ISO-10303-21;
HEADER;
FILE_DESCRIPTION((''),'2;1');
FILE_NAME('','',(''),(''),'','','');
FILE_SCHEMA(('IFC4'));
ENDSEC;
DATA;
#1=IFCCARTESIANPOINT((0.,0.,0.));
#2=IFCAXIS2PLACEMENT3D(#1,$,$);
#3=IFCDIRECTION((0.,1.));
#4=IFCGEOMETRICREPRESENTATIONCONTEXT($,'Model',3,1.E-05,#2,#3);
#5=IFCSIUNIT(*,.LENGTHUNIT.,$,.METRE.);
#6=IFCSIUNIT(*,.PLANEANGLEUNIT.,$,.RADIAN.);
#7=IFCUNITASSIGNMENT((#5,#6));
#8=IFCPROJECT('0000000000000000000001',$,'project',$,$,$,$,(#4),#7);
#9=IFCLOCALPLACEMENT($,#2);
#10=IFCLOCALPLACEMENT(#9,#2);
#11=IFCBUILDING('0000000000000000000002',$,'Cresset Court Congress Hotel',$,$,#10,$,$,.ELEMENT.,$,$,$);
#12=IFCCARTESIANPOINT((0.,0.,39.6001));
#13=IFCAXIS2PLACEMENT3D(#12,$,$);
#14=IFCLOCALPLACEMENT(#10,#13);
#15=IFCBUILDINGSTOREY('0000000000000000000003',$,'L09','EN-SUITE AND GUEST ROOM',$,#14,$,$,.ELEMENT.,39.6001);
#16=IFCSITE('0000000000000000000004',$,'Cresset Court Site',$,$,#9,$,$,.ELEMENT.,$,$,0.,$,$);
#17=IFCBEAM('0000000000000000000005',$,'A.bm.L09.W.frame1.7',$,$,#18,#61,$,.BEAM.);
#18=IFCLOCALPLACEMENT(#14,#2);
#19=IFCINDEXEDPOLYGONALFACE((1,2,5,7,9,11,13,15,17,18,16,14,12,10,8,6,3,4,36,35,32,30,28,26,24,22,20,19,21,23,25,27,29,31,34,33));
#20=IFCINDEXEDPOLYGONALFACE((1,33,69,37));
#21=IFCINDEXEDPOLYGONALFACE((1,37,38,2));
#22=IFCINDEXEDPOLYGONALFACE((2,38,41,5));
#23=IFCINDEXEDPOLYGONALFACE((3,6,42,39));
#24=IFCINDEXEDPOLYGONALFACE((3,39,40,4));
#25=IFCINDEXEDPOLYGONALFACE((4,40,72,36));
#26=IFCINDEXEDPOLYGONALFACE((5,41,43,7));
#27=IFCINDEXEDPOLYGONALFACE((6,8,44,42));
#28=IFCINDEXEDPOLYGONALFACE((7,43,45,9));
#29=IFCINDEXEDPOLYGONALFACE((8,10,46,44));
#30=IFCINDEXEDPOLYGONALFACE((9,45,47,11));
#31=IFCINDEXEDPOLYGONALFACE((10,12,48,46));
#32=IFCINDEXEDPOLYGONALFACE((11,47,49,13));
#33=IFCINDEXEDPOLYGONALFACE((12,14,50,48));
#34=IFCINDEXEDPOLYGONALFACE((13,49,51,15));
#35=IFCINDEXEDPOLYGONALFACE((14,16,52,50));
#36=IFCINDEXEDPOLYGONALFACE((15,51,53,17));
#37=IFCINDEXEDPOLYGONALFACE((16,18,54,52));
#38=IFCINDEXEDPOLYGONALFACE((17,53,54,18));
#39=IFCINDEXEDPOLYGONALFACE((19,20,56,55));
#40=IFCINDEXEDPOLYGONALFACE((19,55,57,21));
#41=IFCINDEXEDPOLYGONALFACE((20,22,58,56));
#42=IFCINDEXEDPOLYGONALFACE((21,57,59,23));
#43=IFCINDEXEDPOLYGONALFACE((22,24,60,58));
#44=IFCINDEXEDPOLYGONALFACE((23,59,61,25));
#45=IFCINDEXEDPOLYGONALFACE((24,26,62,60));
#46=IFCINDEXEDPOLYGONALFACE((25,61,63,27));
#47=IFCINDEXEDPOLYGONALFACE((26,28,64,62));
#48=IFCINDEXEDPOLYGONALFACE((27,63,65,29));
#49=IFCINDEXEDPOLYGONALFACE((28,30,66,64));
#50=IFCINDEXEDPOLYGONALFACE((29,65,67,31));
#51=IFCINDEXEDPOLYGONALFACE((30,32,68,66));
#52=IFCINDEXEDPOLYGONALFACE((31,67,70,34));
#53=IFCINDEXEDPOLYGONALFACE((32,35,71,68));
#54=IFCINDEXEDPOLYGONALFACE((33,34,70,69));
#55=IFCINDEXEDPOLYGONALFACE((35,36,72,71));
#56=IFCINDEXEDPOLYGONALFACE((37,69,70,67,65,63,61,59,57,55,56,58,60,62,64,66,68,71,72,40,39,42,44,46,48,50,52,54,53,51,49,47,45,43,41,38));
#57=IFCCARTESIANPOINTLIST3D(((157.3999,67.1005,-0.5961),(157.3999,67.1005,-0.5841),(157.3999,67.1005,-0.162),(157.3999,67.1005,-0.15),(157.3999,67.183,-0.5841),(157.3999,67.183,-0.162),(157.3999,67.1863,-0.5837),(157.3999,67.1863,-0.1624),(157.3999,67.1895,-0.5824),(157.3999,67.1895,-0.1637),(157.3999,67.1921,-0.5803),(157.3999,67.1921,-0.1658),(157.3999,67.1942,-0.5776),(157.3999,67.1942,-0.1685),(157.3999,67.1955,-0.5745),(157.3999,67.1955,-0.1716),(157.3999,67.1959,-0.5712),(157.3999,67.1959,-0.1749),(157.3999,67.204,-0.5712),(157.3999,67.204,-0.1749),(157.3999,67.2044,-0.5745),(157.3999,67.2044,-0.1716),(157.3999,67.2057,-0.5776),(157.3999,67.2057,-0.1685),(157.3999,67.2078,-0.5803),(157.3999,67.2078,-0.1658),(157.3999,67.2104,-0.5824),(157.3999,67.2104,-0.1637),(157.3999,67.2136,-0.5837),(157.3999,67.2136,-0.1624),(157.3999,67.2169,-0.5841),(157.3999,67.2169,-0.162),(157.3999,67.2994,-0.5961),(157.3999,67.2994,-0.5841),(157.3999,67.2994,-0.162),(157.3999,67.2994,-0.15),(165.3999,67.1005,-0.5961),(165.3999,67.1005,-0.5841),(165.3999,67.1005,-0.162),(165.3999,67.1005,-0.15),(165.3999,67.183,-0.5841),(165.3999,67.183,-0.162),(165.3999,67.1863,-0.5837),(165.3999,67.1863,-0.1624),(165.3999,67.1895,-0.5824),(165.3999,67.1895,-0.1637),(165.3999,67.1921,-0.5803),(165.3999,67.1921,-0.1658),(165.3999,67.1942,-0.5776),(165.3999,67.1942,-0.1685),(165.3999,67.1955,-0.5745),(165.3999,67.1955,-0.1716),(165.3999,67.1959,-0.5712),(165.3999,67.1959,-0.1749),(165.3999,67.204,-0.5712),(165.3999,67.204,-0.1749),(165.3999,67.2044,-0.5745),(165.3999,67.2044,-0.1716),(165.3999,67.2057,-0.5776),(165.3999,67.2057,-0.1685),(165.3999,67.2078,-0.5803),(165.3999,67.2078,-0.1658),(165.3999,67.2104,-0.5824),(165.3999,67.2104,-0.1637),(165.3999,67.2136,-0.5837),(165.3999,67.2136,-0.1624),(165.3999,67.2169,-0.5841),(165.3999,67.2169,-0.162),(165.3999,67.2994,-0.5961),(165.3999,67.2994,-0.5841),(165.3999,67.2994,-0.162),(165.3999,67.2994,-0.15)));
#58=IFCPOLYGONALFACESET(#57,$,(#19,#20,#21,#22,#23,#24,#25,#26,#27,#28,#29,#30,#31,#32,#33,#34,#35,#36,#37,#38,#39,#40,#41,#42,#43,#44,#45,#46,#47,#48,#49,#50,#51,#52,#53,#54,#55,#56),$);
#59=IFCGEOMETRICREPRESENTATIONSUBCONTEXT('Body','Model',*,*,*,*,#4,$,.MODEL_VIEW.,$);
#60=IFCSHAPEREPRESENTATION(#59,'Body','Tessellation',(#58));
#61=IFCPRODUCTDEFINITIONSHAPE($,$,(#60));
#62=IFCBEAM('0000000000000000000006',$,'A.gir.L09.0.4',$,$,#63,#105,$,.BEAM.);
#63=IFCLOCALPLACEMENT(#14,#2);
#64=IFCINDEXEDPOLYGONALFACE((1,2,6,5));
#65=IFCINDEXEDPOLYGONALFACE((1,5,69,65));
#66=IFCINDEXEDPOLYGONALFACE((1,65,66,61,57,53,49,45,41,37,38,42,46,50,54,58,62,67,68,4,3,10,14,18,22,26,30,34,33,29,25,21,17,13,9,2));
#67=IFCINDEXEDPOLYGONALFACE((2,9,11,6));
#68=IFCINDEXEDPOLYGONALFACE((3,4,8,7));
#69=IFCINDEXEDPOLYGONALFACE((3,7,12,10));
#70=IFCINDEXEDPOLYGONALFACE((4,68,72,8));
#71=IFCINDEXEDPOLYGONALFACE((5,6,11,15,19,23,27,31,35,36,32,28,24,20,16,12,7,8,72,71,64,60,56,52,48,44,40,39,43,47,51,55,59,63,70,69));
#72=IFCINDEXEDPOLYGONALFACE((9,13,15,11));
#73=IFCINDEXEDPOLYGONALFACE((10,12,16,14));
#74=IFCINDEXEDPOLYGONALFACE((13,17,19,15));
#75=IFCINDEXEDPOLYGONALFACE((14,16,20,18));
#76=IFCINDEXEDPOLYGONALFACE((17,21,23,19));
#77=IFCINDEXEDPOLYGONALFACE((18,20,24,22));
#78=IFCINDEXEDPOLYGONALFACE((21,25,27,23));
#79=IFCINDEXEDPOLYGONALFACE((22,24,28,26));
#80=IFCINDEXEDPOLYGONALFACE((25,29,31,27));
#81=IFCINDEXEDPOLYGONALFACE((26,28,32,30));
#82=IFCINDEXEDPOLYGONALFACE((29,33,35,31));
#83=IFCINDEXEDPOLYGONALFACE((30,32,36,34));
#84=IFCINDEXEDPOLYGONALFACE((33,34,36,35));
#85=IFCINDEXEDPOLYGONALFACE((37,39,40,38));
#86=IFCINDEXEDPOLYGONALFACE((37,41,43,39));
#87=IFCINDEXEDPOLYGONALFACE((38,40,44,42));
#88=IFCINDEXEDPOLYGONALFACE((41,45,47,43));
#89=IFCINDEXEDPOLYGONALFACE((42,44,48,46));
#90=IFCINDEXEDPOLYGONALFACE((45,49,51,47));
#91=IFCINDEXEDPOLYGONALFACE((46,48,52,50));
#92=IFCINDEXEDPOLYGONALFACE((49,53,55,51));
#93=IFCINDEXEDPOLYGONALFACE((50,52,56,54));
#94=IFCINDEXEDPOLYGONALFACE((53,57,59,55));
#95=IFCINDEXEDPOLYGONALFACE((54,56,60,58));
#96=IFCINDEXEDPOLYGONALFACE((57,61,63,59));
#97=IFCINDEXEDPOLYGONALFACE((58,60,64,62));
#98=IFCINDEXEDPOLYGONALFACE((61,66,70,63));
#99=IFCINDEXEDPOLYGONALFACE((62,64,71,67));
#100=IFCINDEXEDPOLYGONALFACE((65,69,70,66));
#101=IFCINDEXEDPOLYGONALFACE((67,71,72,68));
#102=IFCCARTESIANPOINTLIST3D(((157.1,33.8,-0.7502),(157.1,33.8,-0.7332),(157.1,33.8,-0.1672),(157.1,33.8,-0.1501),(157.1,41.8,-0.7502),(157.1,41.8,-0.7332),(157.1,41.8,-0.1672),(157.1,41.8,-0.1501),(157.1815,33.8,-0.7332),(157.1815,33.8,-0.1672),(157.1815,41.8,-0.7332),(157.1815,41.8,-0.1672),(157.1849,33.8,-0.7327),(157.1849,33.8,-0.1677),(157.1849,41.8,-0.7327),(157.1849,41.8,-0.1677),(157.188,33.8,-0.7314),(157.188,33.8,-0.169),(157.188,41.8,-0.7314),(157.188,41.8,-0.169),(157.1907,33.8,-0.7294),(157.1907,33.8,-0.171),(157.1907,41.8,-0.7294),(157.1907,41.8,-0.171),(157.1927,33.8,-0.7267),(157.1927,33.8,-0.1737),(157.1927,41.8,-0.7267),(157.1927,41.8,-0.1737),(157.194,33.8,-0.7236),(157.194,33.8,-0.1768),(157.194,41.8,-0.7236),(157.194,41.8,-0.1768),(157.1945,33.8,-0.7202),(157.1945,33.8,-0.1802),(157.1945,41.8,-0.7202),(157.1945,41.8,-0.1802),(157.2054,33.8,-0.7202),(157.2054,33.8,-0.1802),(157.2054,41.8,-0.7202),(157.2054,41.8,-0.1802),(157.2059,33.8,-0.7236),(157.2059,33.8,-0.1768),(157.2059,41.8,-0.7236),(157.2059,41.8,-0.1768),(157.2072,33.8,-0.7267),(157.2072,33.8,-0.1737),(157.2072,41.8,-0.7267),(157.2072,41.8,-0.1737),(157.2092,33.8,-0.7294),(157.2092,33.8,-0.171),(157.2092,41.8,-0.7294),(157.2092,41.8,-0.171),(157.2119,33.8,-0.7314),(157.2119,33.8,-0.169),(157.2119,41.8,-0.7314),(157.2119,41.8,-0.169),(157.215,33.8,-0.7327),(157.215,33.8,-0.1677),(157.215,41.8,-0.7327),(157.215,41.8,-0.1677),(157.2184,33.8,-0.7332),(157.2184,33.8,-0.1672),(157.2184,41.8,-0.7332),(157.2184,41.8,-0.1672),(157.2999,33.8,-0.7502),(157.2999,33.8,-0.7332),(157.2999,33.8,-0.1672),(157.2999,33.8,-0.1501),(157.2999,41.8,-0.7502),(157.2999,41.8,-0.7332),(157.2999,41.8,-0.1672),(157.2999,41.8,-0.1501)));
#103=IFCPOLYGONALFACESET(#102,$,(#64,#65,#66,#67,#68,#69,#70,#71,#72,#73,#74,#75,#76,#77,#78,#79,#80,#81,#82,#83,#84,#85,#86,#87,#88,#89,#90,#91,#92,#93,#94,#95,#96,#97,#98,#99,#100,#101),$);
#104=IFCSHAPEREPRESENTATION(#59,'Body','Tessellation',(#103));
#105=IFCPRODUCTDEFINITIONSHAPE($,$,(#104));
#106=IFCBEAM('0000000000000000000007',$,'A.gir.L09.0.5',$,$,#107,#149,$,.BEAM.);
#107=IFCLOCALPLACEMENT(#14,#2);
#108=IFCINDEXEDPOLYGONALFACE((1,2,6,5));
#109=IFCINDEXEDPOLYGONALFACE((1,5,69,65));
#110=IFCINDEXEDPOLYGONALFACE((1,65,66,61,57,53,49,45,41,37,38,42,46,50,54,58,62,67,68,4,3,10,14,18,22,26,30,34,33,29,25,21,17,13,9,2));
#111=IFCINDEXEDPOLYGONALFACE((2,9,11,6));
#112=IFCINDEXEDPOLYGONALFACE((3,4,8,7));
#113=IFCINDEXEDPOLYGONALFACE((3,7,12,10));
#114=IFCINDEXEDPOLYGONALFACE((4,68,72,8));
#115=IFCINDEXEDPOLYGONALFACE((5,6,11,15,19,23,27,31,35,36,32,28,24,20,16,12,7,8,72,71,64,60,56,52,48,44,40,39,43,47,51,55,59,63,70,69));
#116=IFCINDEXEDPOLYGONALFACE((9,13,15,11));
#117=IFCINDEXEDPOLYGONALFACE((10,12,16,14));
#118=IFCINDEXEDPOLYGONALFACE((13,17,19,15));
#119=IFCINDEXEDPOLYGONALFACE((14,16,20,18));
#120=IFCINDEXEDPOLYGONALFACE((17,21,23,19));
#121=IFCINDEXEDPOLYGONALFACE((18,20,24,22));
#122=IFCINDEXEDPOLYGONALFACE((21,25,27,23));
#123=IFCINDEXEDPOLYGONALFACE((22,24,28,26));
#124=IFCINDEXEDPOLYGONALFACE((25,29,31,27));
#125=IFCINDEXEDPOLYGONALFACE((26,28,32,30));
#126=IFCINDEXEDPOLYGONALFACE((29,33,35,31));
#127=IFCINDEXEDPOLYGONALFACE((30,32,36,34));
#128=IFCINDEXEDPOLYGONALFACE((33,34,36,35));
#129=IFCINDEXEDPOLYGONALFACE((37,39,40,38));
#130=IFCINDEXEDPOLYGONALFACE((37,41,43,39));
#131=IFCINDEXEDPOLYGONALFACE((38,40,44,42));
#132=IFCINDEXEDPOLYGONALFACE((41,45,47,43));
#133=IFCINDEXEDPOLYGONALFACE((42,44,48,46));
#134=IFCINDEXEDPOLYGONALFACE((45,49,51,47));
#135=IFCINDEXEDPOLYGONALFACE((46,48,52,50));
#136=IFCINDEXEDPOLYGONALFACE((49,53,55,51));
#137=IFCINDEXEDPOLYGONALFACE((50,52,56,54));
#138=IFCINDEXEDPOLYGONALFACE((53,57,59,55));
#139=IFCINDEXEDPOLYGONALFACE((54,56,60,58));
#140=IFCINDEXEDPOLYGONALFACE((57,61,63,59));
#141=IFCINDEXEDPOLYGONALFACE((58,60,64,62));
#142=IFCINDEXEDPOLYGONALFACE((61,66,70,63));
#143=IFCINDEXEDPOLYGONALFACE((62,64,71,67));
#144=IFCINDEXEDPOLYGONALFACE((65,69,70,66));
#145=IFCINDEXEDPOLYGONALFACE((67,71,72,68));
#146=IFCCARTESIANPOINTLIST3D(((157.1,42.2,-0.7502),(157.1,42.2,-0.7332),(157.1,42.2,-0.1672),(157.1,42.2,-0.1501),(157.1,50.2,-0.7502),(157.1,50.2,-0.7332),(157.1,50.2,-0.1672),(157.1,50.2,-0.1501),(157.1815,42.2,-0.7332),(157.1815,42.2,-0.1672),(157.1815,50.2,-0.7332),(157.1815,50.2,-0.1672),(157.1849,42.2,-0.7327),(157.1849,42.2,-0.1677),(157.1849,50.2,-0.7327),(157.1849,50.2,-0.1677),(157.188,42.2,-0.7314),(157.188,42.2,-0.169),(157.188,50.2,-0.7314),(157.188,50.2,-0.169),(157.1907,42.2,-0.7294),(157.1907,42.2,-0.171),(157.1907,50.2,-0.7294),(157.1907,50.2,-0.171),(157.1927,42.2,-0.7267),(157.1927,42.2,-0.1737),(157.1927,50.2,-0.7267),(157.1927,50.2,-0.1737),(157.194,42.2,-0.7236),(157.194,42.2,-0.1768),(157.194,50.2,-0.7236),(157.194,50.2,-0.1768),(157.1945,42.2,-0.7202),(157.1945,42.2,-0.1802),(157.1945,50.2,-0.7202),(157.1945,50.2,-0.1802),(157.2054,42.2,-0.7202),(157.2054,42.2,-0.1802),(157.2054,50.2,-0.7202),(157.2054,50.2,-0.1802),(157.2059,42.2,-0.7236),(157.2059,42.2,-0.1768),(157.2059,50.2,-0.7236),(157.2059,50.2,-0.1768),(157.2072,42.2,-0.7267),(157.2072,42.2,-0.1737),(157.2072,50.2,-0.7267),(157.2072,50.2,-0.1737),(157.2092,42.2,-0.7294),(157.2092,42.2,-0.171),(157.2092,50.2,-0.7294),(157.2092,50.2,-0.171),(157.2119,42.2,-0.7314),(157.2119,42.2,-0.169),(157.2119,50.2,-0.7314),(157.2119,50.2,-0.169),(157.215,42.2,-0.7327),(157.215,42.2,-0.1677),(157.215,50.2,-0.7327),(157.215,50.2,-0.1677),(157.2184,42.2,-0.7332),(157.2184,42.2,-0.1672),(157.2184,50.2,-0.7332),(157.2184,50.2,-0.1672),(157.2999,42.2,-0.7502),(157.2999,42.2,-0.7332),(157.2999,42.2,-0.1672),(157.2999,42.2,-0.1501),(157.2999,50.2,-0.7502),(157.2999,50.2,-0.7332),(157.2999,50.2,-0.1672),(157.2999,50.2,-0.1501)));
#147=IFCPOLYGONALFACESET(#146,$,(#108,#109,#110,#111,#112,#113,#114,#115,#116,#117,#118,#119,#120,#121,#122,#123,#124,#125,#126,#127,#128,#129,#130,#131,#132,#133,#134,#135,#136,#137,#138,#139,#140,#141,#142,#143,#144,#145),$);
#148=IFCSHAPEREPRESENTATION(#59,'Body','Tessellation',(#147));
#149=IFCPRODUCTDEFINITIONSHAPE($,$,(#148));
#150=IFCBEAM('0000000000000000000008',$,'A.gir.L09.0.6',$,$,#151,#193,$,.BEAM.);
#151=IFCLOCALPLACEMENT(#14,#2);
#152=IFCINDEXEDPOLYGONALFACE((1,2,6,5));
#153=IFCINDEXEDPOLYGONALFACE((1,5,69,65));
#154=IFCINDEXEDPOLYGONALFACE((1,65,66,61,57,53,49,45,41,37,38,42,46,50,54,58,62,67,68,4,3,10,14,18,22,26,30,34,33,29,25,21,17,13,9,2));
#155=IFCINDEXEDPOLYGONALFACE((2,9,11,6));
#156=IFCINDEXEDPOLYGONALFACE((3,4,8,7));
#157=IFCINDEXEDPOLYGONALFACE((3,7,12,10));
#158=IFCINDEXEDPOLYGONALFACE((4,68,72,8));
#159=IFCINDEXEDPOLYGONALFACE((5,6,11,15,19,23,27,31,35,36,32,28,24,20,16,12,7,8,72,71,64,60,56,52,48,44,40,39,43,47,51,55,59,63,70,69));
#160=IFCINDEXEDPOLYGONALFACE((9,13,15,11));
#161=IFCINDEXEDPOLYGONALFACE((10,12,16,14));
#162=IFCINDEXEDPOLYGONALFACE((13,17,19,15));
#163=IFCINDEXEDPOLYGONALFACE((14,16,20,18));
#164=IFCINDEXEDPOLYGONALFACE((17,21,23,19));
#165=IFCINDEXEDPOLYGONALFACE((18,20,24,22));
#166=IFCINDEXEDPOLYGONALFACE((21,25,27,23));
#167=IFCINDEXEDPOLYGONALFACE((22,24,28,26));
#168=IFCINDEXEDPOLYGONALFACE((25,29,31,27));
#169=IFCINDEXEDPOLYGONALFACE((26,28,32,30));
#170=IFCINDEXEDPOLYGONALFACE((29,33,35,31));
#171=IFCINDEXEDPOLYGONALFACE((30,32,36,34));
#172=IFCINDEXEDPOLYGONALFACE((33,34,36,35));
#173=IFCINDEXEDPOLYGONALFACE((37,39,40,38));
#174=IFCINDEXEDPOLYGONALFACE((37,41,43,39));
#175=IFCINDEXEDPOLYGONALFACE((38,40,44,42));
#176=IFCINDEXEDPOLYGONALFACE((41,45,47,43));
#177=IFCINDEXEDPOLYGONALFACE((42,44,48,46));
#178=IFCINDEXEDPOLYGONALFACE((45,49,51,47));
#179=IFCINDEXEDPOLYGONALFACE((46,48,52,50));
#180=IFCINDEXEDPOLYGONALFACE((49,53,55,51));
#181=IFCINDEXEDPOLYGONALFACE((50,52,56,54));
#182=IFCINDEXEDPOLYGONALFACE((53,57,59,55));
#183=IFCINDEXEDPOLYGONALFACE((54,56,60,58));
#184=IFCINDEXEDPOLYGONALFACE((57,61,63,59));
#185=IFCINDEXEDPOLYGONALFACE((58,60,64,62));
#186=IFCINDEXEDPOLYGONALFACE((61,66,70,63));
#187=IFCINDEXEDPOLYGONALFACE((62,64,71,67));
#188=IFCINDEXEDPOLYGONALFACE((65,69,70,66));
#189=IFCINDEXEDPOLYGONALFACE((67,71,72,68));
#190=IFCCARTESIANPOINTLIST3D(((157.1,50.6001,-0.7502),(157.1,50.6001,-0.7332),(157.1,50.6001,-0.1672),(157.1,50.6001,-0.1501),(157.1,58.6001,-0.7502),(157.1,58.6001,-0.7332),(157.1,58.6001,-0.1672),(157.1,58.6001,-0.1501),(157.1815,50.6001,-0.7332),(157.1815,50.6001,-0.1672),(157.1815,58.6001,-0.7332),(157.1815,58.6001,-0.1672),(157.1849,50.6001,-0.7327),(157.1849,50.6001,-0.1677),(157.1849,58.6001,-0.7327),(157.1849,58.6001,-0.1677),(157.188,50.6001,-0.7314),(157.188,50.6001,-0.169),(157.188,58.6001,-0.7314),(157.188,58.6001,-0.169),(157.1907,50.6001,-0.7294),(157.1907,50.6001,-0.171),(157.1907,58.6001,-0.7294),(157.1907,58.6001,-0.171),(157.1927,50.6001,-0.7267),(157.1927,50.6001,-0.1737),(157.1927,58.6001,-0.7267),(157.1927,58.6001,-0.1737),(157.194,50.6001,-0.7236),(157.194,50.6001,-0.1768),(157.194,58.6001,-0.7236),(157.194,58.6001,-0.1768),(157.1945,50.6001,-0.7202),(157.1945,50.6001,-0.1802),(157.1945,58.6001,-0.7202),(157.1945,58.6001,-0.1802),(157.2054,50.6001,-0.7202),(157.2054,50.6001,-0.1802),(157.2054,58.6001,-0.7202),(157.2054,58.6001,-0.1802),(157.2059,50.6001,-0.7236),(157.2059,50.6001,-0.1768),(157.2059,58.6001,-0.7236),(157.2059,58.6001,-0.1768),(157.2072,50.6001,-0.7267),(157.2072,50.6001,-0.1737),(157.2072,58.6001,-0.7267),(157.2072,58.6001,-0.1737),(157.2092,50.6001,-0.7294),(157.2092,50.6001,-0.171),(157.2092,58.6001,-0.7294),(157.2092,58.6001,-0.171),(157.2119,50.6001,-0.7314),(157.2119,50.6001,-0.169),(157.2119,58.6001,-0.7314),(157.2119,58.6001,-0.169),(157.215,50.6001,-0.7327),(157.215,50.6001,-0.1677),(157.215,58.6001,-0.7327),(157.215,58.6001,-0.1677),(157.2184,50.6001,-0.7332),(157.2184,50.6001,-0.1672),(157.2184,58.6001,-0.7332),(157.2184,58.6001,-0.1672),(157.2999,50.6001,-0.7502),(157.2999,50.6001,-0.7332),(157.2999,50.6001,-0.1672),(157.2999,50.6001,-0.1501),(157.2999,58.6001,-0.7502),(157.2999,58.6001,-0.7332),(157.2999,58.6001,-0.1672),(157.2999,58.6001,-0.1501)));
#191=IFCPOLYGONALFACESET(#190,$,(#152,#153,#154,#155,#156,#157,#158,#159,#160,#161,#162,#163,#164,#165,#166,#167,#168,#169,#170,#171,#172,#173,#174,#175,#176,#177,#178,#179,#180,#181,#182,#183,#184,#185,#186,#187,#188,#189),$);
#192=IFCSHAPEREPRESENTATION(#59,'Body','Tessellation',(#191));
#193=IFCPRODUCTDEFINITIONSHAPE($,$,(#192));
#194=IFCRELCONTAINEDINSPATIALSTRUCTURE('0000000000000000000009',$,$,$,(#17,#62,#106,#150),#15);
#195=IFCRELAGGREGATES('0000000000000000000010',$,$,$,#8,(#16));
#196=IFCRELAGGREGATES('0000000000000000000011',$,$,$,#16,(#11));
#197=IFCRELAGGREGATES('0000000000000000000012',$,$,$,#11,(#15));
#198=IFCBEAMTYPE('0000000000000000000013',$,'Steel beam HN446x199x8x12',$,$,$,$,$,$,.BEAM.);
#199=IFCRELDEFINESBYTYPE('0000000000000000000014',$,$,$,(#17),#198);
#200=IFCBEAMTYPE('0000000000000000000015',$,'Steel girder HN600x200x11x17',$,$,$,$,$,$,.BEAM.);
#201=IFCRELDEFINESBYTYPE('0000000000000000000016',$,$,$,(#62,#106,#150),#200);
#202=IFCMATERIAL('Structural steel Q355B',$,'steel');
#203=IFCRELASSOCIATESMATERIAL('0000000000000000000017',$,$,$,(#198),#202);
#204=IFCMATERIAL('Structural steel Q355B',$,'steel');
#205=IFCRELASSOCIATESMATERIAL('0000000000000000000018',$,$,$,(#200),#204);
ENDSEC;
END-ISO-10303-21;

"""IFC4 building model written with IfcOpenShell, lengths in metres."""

from ifc_helpers import new_model, si_unit, direction, frame, origin, origin_2d, place, context, subcontext, project, spatial, i_section, extrude, material, material_profile, profile_set, type_object, element, save


model = new_model("IFC4")

# Units and contexts
model_context = context("Model", 3, precision=1e-05, world=origin(), true_north=direction((0.0, 1.0)))
body_context = subcontext(model_context, "Body", "Model", "MODEL_VIEW")
ifc_project = project(units=[si_unit("LENGTHUNIT", "METRE"), si_unit("PLANEANGLEUNIT", "RADIAN")], contexts=[model_context])

# Site, building, storey
site_placement = place(None, origin())
site = spatial("IfcSite", under=ifc_project, at=site_placement, Name="Cresset Court Site", CompositionType="ELEMENT", RefElevation=0.0)
building_placement = place(site_placement, origin())
building = spatial("IfcBuilding", under=site, at=building_placement, Name="Cresset Court Congress Hotel", CompositionType="ELEMENT")
storey_placement = place(building_placement, frame((0.0, 0.0, 39.6001)))
storey = spatial("IfcBuildingStorey", under=building, at=storey_placement, Name="L09", Description="EN-SUITE AND GUEST ROOM", CompositionType="ELEMENT", Elevation=39.6001)

# Beams
ifc_material_1 = material(Name="Structural steel Q355B", Category="steel")
ifc_material_profile_1 = material_profile(ifc_material_1, i_section(OverallWidth=0.199, OverallDepth=0.446, WebThickness=0.0081, FlangeThickness=0.012, FilletRadius=0.0129, at=origin_2d()), Name="HN446x199x8x12")
ifc_profile_set_1 = profile_set([ifc_material_profile_1], Name="Structural steel Q355B")
beam_type_1 = type_object("IfcBeamType", Name="Steel beam HN446x199x8x12", PredefinedType="BEAM", material=ifc_profile_set_1)
beam_1_placement = place(storey_placement, frame((157.3999, 67.2, -0.373), z_axis=(1.0, 0.0, 0.0), x_axis=(0.0, 1.0, 0.0)))
element("IfcBeam", 1, at=beam_1_placement, inside=storey, type_object=beam_type_1, Name="A.bm.L09.W.frame1.7", PredefinedType="BEAM", context=body_context, shape_type="SweptSolid", body=[
    extrude(i_section(OverallWidth=0.199, OverallDepth=0.446, WebThickness=0.0081, FlangeThickness=0.012, FilletRadius=0.0129, at=origin_2d()), origin(), (0.0, 0.0, 1.0), 8.0),
])
ifc_material_2 = material(Name="Structural steel Q355B", Category="steel")
ifc_material_profile_2 = material_profile(ifc_material_2, i_section(OverallWidth=0.2, OverallDepth=0.6001, WebThickness=0.011, FlangeThickness=0.0171, FilletRadius=0.0129, at=origin_2d()), Name="HN600x200x11x17")
ifc_profile_set_2 = profile_set([ifc_material_profile_2], Name="Structural steel Q355B")
beam_type_2 = type_object("IfcBeamType", Name="Steel girder HN600x200x11x17", PredefinedType="BEAM", material=ifc_profile_set_2)
for number, where, z_axis, x_axis, name in (
    (2, (157.2, 33.8, -0.4502), (0.0, 1.0, 0.0), (-1.0, 0.0, 0.0), "A.gir.L09.0.4"),
    (3, (157.2, 42.2, -0.4502), (0.0, 1.0, 0.0), (-1.0, 0.0, 0.0), "A.gir.L09.0.5"),
    (4, (157.2, 50.6001, -0.4502), (0.0, 1.0, 0.0), (-1.0, 0.0, 0.0), "A.gir.L09.0.6"),
):
    element("IfcBeam", number, at=place(storey_placement, frame(where, z_axis=z_axis, x_axis=x_axis)), inside=storey, type_object=beam_type_2, Name=name, PredefinedType="BEAM", context=body_context, shape_type="SweptSolid", body=[
        extrude(i_section(OverallWidth=0.2, OverallDepth=0.6001, WebThickness=0.011, FlangeThickness=0.0171, FilletRadius=0.0129, at=origin_2d()), origin(), (0.0, 0.0, 1.0), 8.0),
    ])

save(model, "model.ifc")
